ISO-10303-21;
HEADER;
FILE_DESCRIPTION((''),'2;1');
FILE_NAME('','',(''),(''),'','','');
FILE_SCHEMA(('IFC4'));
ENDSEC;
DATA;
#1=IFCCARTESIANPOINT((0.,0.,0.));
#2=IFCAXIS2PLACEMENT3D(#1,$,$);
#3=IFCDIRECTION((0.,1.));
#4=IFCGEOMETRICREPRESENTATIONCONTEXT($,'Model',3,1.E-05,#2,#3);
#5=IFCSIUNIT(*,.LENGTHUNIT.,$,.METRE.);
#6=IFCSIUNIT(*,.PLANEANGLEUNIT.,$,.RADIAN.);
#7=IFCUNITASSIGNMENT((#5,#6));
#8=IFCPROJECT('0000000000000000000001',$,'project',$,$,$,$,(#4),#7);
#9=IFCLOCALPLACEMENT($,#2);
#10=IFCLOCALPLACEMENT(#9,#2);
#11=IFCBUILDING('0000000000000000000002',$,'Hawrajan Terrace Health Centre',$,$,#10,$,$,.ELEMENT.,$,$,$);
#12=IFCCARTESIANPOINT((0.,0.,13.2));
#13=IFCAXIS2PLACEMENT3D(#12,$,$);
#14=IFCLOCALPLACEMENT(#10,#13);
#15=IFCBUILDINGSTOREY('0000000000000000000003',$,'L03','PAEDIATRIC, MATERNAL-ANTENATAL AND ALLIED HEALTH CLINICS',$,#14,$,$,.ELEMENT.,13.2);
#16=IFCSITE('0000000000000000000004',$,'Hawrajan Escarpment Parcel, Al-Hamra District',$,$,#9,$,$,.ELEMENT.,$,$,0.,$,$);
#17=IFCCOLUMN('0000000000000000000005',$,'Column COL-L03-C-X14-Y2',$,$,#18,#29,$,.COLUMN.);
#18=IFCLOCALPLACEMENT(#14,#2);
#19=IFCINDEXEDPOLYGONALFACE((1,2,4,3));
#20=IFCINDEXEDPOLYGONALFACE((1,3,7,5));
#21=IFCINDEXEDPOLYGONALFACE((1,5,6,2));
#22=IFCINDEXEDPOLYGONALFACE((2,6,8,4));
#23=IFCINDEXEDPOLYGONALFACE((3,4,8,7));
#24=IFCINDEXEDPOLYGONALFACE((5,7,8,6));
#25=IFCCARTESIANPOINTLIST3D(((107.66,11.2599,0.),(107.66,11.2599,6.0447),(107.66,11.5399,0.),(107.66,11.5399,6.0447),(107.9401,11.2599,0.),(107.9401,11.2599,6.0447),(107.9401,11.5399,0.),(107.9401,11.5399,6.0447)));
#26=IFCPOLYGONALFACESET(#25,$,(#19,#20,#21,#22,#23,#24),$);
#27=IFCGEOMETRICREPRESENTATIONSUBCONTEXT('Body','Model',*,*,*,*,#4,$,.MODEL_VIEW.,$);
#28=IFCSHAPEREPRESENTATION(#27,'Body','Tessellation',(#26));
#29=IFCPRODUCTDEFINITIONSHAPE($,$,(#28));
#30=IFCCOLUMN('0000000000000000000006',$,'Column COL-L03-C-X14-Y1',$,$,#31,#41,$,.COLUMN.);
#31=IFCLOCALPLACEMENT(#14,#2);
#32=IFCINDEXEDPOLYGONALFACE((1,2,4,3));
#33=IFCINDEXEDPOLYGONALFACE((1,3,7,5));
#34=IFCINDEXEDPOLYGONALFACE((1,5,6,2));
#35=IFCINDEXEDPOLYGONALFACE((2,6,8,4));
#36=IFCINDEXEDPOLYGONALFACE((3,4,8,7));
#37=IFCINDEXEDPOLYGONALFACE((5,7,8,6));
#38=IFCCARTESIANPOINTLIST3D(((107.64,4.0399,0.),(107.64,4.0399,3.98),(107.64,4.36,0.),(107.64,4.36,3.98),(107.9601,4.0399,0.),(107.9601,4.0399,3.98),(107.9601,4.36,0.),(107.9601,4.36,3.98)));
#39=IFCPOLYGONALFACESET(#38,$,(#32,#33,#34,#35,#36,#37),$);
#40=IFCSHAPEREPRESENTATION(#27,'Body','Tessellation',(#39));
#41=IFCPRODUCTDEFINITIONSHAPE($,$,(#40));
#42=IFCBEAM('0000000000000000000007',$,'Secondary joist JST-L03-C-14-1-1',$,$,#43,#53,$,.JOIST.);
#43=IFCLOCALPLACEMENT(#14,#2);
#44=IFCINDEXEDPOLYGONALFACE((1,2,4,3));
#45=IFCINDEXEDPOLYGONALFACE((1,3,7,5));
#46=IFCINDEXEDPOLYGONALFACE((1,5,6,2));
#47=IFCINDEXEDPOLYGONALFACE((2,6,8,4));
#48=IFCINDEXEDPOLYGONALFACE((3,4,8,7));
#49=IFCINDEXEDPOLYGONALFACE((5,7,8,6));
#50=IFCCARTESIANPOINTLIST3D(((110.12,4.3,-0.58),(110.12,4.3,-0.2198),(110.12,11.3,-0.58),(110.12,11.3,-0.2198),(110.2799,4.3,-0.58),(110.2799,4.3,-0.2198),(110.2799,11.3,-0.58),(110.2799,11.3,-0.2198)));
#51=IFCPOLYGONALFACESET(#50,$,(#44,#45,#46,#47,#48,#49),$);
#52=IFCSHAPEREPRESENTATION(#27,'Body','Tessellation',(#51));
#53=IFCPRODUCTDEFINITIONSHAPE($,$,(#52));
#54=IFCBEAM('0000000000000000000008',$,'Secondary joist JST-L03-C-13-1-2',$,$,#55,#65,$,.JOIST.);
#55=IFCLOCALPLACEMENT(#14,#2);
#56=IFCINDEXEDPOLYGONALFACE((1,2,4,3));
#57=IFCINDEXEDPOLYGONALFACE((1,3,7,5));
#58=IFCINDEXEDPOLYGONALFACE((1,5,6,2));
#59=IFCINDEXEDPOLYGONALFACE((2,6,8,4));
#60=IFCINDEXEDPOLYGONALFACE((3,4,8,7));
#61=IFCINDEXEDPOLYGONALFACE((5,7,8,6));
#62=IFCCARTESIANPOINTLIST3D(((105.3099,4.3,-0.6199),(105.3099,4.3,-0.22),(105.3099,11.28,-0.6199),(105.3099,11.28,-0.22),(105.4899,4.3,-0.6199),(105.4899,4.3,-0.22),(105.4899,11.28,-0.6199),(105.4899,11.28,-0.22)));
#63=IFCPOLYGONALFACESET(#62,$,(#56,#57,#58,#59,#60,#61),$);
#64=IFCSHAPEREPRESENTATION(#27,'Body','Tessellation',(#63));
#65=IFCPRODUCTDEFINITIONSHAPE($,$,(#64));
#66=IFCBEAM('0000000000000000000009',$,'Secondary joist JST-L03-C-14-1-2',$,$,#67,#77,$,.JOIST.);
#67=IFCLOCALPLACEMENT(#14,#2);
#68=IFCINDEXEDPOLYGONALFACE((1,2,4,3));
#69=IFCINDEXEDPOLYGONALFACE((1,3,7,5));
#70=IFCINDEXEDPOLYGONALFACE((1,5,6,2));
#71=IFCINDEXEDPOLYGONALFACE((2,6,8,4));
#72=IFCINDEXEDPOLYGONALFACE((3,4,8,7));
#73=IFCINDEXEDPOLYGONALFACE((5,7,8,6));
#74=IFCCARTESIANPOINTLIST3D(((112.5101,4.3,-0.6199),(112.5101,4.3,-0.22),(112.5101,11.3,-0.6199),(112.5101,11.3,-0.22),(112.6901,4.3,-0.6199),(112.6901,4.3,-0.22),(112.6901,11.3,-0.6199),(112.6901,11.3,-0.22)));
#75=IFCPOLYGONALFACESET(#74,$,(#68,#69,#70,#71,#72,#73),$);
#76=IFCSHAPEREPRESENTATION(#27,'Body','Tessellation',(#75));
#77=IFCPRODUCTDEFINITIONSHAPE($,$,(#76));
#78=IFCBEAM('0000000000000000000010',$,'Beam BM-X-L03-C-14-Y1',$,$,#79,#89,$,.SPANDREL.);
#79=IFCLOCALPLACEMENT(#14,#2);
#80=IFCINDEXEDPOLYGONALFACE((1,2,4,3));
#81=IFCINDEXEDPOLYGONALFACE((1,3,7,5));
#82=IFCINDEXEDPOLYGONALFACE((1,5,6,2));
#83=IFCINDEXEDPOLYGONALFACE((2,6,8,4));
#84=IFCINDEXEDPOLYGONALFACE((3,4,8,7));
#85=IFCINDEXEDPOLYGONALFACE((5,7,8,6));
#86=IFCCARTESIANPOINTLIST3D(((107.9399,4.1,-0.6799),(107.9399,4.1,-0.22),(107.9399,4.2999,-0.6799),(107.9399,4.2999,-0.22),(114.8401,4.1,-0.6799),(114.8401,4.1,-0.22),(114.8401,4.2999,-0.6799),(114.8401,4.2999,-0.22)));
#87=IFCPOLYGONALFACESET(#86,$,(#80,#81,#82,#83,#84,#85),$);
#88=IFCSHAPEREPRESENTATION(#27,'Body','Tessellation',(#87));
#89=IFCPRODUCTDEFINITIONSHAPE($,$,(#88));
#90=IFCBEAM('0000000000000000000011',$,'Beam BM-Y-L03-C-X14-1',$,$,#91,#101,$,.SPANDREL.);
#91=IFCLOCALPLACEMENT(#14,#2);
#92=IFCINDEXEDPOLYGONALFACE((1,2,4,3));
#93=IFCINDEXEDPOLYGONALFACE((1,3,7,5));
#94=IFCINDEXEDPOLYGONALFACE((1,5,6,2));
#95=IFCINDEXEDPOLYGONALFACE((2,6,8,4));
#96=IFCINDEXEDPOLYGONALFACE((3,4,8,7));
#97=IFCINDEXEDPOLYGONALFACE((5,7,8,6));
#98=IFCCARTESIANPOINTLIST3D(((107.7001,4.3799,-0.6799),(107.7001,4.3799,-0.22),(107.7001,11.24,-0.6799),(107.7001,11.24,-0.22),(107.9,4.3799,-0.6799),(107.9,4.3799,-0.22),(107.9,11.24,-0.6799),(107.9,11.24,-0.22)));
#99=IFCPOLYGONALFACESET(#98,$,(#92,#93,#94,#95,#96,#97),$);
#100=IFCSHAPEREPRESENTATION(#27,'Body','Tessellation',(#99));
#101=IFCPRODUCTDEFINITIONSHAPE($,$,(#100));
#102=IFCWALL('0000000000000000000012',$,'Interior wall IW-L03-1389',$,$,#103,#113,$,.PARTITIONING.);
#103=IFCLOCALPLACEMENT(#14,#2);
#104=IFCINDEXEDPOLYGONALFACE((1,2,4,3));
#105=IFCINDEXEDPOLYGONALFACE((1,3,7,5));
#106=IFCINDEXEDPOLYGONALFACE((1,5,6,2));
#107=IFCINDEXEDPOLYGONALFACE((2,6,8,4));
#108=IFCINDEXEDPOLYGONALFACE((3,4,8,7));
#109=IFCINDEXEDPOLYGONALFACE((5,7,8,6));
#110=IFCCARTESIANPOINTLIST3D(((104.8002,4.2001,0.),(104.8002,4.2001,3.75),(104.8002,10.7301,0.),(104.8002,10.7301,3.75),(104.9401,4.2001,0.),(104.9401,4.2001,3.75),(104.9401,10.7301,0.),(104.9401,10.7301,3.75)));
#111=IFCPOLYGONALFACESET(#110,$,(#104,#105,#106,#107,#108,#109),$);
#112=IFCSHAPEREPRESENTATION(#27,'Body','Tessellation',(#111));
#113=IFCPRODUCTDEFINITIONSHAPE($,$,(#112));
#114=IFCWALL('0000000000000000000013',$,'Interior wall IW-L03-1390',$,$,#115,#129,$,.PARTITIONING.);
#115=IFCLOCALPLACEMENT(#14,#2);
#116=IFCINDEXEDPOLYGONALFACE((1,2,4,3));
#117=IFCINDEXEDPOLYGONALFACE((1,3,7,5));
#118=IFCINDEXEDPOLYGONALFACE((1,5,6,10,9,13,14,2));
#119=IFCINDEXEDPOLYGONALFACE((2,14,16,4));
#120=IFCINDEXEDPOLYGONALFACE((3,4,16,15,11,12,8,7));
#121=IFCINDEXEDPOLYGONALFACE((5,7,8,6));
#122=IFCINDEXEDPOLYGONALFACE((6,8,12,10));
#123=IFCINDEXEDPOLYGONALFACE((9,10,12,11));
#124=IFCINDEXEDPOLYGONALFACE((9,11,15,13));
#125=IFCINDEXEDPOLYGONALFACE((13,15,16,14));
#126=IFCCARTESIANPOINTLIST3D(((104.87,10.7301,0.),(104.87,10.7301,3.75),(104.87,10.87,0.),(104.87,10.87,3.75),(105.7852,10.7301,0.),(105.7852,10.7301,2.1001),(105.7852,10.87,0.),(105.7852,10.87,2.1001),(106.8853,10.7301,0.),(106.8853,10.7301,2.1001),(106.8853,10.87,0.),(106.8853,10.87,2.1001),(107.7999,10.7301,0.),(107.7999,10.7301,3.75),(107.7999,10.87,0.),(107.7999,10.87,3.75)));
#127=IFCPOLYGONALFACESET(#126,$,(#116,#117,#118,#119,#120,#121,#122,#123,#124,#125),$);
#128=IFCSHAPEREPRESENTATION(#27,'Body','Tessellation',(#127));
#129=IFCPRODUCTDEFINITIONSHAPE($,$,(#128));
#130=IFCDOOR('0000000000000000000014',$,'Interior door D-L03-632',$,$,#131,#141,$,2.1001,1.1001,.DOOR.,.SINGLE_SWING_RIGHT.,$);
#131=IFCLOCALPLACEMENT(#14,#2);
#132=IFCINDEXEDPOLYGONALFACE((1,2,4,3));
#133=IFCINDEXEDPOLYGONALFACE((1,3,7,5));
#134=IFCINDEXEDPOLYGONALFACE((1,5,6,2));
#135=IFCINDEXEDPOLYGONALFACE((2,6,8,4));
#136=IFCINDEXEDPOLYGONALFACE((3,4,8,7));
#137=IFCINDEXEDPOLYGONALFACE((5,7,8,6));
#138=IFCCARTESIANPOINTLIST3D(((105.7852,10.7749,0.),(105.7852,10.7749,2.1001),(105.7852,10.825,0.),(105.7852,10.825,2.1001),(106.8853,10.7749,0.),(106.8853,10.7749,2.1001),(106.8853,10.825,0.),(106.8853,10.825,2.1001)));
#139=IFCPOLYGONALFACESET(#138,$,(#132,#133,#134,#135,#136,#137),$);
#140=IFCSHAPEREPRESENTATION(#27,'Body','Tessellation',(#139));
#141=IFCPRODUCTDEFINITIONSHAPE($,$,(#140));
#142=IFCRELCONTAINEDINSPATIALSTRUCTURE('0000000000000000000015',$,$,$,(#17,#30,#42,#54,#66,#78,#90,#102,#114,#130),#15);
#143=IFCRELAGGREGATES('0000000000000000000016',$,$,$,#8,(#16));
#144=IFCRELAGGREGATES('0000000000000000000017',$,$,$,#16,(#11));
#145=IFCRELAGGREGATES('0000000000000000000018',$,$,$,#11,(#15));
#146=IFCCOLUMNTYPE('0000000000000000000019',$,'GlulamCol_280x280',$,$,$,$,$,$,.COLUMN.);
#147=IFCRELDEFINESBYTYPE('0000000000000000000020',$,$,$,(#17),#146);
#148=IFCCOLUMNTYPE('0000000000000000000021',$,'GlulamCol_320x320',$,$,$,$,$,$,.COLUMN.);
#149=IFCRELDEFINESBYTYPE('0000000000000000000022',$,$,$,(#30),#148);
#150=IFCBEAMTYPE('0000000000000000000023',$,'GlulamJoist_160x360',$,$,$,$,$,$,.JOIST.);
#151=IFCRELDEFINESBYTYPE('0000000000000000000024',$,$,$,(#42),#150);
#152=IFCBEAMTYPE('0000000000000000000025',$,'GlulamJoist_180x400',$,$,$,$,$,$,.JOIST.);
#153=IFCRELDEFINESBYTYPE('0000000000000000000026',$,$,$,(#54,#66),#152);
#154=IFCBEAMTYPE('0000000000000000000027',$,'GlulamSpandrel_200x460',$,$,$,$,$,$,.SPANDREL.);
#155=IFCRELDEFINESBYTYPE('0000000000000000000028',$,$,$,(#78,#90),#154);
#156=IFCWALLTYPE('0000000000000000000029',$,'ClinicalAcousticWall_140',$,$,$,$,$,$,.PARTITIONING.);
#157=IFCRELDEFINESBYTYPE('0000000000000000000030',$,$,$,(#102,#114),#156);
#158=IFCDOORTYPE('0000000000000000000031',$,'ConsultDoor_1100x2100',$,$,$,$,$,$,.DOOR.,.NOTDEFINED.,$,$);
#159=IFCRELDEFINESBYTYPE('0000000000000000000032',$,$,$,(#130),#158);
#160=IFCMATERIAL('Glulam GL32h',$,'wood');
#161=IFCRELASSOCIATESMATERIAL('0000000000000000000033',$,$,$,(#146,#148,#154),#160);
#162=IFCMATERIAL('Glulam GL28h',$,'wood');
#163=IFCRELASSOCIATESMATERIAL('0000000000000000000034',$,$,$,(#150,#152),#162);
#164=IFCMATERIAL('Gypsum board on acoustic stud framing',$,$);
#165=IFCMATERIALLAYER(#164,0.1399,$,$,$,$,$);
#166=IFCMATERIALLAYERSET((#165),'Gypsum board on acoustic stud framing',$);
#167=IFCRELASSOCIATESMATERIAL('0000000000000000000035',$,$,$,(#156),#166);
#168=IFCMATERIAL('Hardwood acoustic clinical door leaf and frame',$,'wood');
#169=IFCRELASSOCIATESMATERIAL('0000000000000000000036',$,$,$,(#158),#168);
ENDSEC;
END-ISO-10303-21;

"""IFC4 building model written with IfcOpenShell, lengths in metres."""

from ifc_helpers import new_model, si_unit, direction, frame, frame_2d, origin, origin_2d, place, context, subcontext, project, spatial, rectangle, extrude, material, layer, layer_set, material_profile, profile_set, type_object, element, fill, save


model = new_model("IFC4")

# Units and contexts
model_context = context("Model", 3, precision=1e-05, world=origin(), true_north=direction((0.0, 1.0)))
body_context = subcontext(model_context, "Body", "Model", "MODEL_VIEW")
ifc_project = project(units=[si_unit("LENGTHUNIT", "METRE"), si_unit("PLANEANGLEUNIT", "RADIAN")], contexts=[model_context])

# Site, building, storey
site_placement = place(None, origin())
site = spatial("IfcSite", under=ifc_project, at=site_placement, Name="Hawrajan Escarpment Parcel, Al-Hamra District", CompositionType="ELEMENT", RefElevation=0.0)
building_placement = place(site_placement, origin())
building = spatial("IfcBuilding", under=site, at=building_placement, Name="Hawrajan Terrace Health Centre", CompositionType="ELEMENT")
storey_placement = place(building_placement, frame((0.0, 0.0, 13.2)))
storey = spatial("IfcBuildingStorey", under=building, at=storey_placement, Name="L03", Description="PAEDIATRIC, MATERNAL-ANTENATAL AND ALLIED HEALTH CLINICS", CompositionType="ELEMENT", Elevation=13.2)

# Columns
ifc_material_1 = material(Name="Glulam GL32h", Category="wood")
ifc_material_profile_1 = material_profile(ifc_material_1, rectangle(XDim=0.28, YDim=0.28, at=origin_2d()), Name="GL 280x280")
ifc_profile_set_1 = profile_set([ifc_material_profile_1], Name="Glulam GL32h")
column_type_1 = type_object("IfcColumnType", Name="GlulamCol_280x280", PredefinedType="COLUMN", material=ifc_profile_set_1)
column_1_placement = place(storey_placement, frame((107.8, 11.3999, 0.0), z_axis=(0.0, 0.0, 1.0), x_axis=(1.0, 0.0, 0.0)))
element("IfcColumn", 1, at=column_1_placement, inside=storey, type_object=column_type_1, Name="Column COL-L03-C-X14-Y2", PredefinedType="COLUMN", context=body_context, shape_type="SweptSolid", body=[
    extrude(rectangle(XDim=0.28, YDim=0.28, at=origin_2d()), origin(), (0.0, 0.0, 1.0), 6.0447),
])
ifc_material_profile_2 = material_profile(ifc_material_1, rectangle(XDim=0.3201, YDim=0.3201, at=origin_2d()), Name="GL 320x320")
ifc_profile_set_2 = profile_set([ifc_material_profile_2], Name="Glulam GL32h")
column_type_2 = type_object("IfcColumnType", Name="GlulamCol_320x320", PredefinedType="COLUMN", material=ifc_profile_set_2)
column_2_placement = place(storey_placement, frame((107.8, 4.2, 0.0), z_axis=(0.0, 0.0, 1.0), x_axis=(1.0, 0.0, 0.0)))
element("IfcColumn", 2, at=column_2_placement, inside=storey, type_object=column_type_2, Name="Column COL-L03-C-X14-Y1", PredefinedType="COLUMN", context=body_context, shape_type="SweptSolid", body=[
    extrude(rectangle(XDim=0.3201, YDim=0.3201, at=origin_2d()), origin(), (0.0, 0.0, 1.0), 3.98),
])

# Beams
ifc_material_2 = material(Name="Glulam GL28h", Category="wood")
ifc_material_profile_3 = material_profile(ifc_material_2, rectangle(XDim=0.1599, YDim=0.3601, at=origin_2d()), Name="GL JST 160x360")
ifc_profile_set_3 = profile_set([ifc_material_profile_3], Name="Glulam GL28h")
beam_type_1 = type_object("IfcBeamType", Name="GlulamJoist_160x360", PredefinedType="JOIST", material=ifc_profile_set_3)
beam_1_placement = place(storey_placement, frame((110.2, 4.3, -0.3999), z_axis=(0.0, 1.0, 0.0), x_axis=(-1.0, 0.0, 0.0)))
element("IfcBeam", 3, at=beam_1_placement, inside=storey, type_object=beam_type_1, Name="Secondary joist JST-L03-C-14-1-1", PredefinedType="JOIST", context=body_context, shape_type="SweptSolid", body=[
    extrude(rectangle(XDim=0.1599, YDim=0.3601, at=origin_2d()), origin(), (0.0, 0.0, 1.0), 7.0),
])
ifc_material_profile_4 = material_profile(ifc_material_2, rectangle(XDim=0.1799, YDim=0.3999, at=origin_2d()), Name="GL JST 180x400")
ifc_profile_set_4 = profile_set([ifc_material_profile_4], Name="Glulam GL28h")
beam_type_2 = type_object("IfcBeamType", Name="GlulamJoist_180x400", PredefinedType="JOIST", material=ifc_profile_set_4)
beam_2_placement = place(storey_placement, frame((105.3999, 4.3, -0.4199), z_axis=(0.0, 1.0, 0.0), x_axis=(-1.0, 0.0, 0.0)))
element("IfcBeam", 4, at=beam_2_placement, inside=storey, type_object=beam_type_2, Name="Secondary joist JST-L03-C-13-1-2", PredefinedType="JOIST", context=body_context, shape_type="SweptSolid", body=[
    extrude(rectangle(XDim=0.1799, YDim=0.3999, at=origin_2d()), origin(), (0.0, 0.0, 1.0), 6.98),
])
beam_3_placement = place(storey_placement, frame((112.6001, 4.3, -0.4199), z_axis=(0.0, 1.0, 0.0), x_axis=(-1.0, 0.0, 0.0)))
element("IfcBeam", 5, at=beam_3_placement, inside=storey, type_object=beam_type_2, Name="Secondary joist JST-L03-C-14-1-2", PredefinedType="JOIST", context=body_context, shape_type="SweptSolid", body=[
    extrude(rectangle(XDim=0.1799, YDim=0.3999, at=origin_2d()), origin(), (0.0, 0.0, 1.0), 7.0),
])
ifc_material_profile_5 = material_profile(ifc_material_1, rectangle(XDim=0.2, YDim=0.46, at=origin_2d()), Name="GL SP 200x460")
ifc_profile_set_5 = profile_set([ifc_material_profile_5], Name="Glulam GL32h")
beam_type_3 = type_object("IfcBeamType", Name="GlulamSpandrel_200x460", PredefinedType="SPANDREL", material=ifc_profile_set_5)
beam_4_placement = place(storey_placement, frame((107.9399, 4.2, -0.45), z_axis=(1.0, 0.0, 0.0), x_axis=(0.0, 1.0, 0.0)))
element("IfcBeam", 6, at=beam_4_placement, inside=storey, type_object=beam_type_3, Name="Beam BM-X-L03-C-14-Y1", PredefinedType="SPANDREL", context=body_context, shape_type="SweptSolid", body=[
    extrude(rectangle(XDim=0.2, YDim=0.46, at=origin_2d()), origin(), (0.0, 0.0, 1.0), 6.9001),
])
beam_5_placement = place(storey_placement, frame((107.8, 4.3799, -0.45), z_axis=(0.0, 1.0, 0.0), x_axis=(-1.0, 0.0, 0.0)))
element("IfcBeam", 7, at=beam_5_placement, inside=storey, type_object=beam_type_3, Name="Beam BM-Y-L03-C-X14-1", PredefinedType="SPANDREL", context=body_context, shape_type="SweptSolid", body=[
    extrude(rectangle(XDim=0.2, YDim=0.46, at=origin_2d()), origin(), (0.0, 0.0, 1.0), 6.8601),
])

# Wall
ifc_material_3 = material(Name="Gypsum board on acoustic stud framing")
ifc_layer_1 = layer(ifc_material_3, 0.1399)
ifc_layer_set_1 = layer_set([ifc_layer_1], Name="Gypsum board on acoustic stud framing")
wall_type_1 = type_object("IfcWallType", Name="ClinicalAcousticWall_140", PredefinedType="PARTITIONING", material=ifc_layer_set_1)
wall_1_placement = place(storey_placement, frame((104.8701, 4.2, 0.0), z_axis=(0.0, 0.0, 1.0), x_axis=(0.0, 1.0, 0.0)))
element("IfcWall", 8, at=wall_1_placement, inside=storey, type_object=wall_type_1, Name="Interior wall IW-L03-1389", PredefinedType="PARTITIONING", context=body_context, shape_type="SweptSolid", body=[
    extrude(rectangle(XDim=6.53, YDim=0.1399, at=frame_2d((3.2651, 0.0))), origin(), (0.0, 0.0, 1.0), 3.75),
])

# Wall, opening, door
wall_2_placement = place(storey_placement, frame((104.8701, 10.8, 0.0), z_axis=(0.0, 0.0, 1.0), x_axis=(1.0, 0.0, 0.0)))
wall_2 = element("IfcWall", 9, at=wall_2_placement, inside=storey, type_object=wall_type_1, Name="Interior wall IW-L03-1390", PredefinedType="PARTITIONING", context=body_context, shape_type="SweptSolid", body=[
    extrude(rectangle(XDim=2.9299, YDim=0.1399, at=frame_2d((1.4648, 0.0))), origin(), (0.0, 0.0, 1.0), 3.75),
])
opening_1_placement = place(wall_2_placement, frame((0.915, 0.0, 0.0)))
opening_1 = element("IfcOpeningElement", 10, at=opening_1_placement, cuts=wall_2, PredefinedType="OPENING", context=body_context, shape_type="SweptSolid", body=[
    extrude(rectangle(XDim=1.1001, YDim=2.1001, at=frame_2d((0.55, 1.05))), frame((0.0, 0.0798, 0.0), z_axis=(0.0, -1.0, 0.0), x_axis=(1.0, 0.0, 0.0)), (0.0, 0.0, 1.0), 0.1599),
])
ifc_material_4 = material(Name="Hardwood acoustic clinical door leaf and frame", Category="wood")
door_type = type_object("IfcDoorType", Name="ConsultDoor_1100x2100", OperationType="NOTDEFINED", PredefinedType="DOOR", material=ifc_material_4)
door_placement = place(opening_1_placement, origin())
door = element("IfcDoor", 11, at=door_placement, inside=storey, type_object=door_type, Name="Interior door D-L03-632", OperationType="SINGLE_SWING_RIGHT", OverallHeight=2.1001, OverallWidth=1.1001, PredefinedType="DOOR", context=body_context, shape_type="SweptSolid", body=[
    extrude(rectangle(XDim=1.1001, YDim=2.1001, at=frame_2d((0.55, 1.05))), frame((0.0, 0.0249, 0.0), z_axis=(0.0, -1.0, 0.0), x_axis=(1.0, 0.0, 0.0)), (0.0, 0.0, 1.0), 0.05),
])
fill(opening_1, door)

save(model, "model.ifc")
